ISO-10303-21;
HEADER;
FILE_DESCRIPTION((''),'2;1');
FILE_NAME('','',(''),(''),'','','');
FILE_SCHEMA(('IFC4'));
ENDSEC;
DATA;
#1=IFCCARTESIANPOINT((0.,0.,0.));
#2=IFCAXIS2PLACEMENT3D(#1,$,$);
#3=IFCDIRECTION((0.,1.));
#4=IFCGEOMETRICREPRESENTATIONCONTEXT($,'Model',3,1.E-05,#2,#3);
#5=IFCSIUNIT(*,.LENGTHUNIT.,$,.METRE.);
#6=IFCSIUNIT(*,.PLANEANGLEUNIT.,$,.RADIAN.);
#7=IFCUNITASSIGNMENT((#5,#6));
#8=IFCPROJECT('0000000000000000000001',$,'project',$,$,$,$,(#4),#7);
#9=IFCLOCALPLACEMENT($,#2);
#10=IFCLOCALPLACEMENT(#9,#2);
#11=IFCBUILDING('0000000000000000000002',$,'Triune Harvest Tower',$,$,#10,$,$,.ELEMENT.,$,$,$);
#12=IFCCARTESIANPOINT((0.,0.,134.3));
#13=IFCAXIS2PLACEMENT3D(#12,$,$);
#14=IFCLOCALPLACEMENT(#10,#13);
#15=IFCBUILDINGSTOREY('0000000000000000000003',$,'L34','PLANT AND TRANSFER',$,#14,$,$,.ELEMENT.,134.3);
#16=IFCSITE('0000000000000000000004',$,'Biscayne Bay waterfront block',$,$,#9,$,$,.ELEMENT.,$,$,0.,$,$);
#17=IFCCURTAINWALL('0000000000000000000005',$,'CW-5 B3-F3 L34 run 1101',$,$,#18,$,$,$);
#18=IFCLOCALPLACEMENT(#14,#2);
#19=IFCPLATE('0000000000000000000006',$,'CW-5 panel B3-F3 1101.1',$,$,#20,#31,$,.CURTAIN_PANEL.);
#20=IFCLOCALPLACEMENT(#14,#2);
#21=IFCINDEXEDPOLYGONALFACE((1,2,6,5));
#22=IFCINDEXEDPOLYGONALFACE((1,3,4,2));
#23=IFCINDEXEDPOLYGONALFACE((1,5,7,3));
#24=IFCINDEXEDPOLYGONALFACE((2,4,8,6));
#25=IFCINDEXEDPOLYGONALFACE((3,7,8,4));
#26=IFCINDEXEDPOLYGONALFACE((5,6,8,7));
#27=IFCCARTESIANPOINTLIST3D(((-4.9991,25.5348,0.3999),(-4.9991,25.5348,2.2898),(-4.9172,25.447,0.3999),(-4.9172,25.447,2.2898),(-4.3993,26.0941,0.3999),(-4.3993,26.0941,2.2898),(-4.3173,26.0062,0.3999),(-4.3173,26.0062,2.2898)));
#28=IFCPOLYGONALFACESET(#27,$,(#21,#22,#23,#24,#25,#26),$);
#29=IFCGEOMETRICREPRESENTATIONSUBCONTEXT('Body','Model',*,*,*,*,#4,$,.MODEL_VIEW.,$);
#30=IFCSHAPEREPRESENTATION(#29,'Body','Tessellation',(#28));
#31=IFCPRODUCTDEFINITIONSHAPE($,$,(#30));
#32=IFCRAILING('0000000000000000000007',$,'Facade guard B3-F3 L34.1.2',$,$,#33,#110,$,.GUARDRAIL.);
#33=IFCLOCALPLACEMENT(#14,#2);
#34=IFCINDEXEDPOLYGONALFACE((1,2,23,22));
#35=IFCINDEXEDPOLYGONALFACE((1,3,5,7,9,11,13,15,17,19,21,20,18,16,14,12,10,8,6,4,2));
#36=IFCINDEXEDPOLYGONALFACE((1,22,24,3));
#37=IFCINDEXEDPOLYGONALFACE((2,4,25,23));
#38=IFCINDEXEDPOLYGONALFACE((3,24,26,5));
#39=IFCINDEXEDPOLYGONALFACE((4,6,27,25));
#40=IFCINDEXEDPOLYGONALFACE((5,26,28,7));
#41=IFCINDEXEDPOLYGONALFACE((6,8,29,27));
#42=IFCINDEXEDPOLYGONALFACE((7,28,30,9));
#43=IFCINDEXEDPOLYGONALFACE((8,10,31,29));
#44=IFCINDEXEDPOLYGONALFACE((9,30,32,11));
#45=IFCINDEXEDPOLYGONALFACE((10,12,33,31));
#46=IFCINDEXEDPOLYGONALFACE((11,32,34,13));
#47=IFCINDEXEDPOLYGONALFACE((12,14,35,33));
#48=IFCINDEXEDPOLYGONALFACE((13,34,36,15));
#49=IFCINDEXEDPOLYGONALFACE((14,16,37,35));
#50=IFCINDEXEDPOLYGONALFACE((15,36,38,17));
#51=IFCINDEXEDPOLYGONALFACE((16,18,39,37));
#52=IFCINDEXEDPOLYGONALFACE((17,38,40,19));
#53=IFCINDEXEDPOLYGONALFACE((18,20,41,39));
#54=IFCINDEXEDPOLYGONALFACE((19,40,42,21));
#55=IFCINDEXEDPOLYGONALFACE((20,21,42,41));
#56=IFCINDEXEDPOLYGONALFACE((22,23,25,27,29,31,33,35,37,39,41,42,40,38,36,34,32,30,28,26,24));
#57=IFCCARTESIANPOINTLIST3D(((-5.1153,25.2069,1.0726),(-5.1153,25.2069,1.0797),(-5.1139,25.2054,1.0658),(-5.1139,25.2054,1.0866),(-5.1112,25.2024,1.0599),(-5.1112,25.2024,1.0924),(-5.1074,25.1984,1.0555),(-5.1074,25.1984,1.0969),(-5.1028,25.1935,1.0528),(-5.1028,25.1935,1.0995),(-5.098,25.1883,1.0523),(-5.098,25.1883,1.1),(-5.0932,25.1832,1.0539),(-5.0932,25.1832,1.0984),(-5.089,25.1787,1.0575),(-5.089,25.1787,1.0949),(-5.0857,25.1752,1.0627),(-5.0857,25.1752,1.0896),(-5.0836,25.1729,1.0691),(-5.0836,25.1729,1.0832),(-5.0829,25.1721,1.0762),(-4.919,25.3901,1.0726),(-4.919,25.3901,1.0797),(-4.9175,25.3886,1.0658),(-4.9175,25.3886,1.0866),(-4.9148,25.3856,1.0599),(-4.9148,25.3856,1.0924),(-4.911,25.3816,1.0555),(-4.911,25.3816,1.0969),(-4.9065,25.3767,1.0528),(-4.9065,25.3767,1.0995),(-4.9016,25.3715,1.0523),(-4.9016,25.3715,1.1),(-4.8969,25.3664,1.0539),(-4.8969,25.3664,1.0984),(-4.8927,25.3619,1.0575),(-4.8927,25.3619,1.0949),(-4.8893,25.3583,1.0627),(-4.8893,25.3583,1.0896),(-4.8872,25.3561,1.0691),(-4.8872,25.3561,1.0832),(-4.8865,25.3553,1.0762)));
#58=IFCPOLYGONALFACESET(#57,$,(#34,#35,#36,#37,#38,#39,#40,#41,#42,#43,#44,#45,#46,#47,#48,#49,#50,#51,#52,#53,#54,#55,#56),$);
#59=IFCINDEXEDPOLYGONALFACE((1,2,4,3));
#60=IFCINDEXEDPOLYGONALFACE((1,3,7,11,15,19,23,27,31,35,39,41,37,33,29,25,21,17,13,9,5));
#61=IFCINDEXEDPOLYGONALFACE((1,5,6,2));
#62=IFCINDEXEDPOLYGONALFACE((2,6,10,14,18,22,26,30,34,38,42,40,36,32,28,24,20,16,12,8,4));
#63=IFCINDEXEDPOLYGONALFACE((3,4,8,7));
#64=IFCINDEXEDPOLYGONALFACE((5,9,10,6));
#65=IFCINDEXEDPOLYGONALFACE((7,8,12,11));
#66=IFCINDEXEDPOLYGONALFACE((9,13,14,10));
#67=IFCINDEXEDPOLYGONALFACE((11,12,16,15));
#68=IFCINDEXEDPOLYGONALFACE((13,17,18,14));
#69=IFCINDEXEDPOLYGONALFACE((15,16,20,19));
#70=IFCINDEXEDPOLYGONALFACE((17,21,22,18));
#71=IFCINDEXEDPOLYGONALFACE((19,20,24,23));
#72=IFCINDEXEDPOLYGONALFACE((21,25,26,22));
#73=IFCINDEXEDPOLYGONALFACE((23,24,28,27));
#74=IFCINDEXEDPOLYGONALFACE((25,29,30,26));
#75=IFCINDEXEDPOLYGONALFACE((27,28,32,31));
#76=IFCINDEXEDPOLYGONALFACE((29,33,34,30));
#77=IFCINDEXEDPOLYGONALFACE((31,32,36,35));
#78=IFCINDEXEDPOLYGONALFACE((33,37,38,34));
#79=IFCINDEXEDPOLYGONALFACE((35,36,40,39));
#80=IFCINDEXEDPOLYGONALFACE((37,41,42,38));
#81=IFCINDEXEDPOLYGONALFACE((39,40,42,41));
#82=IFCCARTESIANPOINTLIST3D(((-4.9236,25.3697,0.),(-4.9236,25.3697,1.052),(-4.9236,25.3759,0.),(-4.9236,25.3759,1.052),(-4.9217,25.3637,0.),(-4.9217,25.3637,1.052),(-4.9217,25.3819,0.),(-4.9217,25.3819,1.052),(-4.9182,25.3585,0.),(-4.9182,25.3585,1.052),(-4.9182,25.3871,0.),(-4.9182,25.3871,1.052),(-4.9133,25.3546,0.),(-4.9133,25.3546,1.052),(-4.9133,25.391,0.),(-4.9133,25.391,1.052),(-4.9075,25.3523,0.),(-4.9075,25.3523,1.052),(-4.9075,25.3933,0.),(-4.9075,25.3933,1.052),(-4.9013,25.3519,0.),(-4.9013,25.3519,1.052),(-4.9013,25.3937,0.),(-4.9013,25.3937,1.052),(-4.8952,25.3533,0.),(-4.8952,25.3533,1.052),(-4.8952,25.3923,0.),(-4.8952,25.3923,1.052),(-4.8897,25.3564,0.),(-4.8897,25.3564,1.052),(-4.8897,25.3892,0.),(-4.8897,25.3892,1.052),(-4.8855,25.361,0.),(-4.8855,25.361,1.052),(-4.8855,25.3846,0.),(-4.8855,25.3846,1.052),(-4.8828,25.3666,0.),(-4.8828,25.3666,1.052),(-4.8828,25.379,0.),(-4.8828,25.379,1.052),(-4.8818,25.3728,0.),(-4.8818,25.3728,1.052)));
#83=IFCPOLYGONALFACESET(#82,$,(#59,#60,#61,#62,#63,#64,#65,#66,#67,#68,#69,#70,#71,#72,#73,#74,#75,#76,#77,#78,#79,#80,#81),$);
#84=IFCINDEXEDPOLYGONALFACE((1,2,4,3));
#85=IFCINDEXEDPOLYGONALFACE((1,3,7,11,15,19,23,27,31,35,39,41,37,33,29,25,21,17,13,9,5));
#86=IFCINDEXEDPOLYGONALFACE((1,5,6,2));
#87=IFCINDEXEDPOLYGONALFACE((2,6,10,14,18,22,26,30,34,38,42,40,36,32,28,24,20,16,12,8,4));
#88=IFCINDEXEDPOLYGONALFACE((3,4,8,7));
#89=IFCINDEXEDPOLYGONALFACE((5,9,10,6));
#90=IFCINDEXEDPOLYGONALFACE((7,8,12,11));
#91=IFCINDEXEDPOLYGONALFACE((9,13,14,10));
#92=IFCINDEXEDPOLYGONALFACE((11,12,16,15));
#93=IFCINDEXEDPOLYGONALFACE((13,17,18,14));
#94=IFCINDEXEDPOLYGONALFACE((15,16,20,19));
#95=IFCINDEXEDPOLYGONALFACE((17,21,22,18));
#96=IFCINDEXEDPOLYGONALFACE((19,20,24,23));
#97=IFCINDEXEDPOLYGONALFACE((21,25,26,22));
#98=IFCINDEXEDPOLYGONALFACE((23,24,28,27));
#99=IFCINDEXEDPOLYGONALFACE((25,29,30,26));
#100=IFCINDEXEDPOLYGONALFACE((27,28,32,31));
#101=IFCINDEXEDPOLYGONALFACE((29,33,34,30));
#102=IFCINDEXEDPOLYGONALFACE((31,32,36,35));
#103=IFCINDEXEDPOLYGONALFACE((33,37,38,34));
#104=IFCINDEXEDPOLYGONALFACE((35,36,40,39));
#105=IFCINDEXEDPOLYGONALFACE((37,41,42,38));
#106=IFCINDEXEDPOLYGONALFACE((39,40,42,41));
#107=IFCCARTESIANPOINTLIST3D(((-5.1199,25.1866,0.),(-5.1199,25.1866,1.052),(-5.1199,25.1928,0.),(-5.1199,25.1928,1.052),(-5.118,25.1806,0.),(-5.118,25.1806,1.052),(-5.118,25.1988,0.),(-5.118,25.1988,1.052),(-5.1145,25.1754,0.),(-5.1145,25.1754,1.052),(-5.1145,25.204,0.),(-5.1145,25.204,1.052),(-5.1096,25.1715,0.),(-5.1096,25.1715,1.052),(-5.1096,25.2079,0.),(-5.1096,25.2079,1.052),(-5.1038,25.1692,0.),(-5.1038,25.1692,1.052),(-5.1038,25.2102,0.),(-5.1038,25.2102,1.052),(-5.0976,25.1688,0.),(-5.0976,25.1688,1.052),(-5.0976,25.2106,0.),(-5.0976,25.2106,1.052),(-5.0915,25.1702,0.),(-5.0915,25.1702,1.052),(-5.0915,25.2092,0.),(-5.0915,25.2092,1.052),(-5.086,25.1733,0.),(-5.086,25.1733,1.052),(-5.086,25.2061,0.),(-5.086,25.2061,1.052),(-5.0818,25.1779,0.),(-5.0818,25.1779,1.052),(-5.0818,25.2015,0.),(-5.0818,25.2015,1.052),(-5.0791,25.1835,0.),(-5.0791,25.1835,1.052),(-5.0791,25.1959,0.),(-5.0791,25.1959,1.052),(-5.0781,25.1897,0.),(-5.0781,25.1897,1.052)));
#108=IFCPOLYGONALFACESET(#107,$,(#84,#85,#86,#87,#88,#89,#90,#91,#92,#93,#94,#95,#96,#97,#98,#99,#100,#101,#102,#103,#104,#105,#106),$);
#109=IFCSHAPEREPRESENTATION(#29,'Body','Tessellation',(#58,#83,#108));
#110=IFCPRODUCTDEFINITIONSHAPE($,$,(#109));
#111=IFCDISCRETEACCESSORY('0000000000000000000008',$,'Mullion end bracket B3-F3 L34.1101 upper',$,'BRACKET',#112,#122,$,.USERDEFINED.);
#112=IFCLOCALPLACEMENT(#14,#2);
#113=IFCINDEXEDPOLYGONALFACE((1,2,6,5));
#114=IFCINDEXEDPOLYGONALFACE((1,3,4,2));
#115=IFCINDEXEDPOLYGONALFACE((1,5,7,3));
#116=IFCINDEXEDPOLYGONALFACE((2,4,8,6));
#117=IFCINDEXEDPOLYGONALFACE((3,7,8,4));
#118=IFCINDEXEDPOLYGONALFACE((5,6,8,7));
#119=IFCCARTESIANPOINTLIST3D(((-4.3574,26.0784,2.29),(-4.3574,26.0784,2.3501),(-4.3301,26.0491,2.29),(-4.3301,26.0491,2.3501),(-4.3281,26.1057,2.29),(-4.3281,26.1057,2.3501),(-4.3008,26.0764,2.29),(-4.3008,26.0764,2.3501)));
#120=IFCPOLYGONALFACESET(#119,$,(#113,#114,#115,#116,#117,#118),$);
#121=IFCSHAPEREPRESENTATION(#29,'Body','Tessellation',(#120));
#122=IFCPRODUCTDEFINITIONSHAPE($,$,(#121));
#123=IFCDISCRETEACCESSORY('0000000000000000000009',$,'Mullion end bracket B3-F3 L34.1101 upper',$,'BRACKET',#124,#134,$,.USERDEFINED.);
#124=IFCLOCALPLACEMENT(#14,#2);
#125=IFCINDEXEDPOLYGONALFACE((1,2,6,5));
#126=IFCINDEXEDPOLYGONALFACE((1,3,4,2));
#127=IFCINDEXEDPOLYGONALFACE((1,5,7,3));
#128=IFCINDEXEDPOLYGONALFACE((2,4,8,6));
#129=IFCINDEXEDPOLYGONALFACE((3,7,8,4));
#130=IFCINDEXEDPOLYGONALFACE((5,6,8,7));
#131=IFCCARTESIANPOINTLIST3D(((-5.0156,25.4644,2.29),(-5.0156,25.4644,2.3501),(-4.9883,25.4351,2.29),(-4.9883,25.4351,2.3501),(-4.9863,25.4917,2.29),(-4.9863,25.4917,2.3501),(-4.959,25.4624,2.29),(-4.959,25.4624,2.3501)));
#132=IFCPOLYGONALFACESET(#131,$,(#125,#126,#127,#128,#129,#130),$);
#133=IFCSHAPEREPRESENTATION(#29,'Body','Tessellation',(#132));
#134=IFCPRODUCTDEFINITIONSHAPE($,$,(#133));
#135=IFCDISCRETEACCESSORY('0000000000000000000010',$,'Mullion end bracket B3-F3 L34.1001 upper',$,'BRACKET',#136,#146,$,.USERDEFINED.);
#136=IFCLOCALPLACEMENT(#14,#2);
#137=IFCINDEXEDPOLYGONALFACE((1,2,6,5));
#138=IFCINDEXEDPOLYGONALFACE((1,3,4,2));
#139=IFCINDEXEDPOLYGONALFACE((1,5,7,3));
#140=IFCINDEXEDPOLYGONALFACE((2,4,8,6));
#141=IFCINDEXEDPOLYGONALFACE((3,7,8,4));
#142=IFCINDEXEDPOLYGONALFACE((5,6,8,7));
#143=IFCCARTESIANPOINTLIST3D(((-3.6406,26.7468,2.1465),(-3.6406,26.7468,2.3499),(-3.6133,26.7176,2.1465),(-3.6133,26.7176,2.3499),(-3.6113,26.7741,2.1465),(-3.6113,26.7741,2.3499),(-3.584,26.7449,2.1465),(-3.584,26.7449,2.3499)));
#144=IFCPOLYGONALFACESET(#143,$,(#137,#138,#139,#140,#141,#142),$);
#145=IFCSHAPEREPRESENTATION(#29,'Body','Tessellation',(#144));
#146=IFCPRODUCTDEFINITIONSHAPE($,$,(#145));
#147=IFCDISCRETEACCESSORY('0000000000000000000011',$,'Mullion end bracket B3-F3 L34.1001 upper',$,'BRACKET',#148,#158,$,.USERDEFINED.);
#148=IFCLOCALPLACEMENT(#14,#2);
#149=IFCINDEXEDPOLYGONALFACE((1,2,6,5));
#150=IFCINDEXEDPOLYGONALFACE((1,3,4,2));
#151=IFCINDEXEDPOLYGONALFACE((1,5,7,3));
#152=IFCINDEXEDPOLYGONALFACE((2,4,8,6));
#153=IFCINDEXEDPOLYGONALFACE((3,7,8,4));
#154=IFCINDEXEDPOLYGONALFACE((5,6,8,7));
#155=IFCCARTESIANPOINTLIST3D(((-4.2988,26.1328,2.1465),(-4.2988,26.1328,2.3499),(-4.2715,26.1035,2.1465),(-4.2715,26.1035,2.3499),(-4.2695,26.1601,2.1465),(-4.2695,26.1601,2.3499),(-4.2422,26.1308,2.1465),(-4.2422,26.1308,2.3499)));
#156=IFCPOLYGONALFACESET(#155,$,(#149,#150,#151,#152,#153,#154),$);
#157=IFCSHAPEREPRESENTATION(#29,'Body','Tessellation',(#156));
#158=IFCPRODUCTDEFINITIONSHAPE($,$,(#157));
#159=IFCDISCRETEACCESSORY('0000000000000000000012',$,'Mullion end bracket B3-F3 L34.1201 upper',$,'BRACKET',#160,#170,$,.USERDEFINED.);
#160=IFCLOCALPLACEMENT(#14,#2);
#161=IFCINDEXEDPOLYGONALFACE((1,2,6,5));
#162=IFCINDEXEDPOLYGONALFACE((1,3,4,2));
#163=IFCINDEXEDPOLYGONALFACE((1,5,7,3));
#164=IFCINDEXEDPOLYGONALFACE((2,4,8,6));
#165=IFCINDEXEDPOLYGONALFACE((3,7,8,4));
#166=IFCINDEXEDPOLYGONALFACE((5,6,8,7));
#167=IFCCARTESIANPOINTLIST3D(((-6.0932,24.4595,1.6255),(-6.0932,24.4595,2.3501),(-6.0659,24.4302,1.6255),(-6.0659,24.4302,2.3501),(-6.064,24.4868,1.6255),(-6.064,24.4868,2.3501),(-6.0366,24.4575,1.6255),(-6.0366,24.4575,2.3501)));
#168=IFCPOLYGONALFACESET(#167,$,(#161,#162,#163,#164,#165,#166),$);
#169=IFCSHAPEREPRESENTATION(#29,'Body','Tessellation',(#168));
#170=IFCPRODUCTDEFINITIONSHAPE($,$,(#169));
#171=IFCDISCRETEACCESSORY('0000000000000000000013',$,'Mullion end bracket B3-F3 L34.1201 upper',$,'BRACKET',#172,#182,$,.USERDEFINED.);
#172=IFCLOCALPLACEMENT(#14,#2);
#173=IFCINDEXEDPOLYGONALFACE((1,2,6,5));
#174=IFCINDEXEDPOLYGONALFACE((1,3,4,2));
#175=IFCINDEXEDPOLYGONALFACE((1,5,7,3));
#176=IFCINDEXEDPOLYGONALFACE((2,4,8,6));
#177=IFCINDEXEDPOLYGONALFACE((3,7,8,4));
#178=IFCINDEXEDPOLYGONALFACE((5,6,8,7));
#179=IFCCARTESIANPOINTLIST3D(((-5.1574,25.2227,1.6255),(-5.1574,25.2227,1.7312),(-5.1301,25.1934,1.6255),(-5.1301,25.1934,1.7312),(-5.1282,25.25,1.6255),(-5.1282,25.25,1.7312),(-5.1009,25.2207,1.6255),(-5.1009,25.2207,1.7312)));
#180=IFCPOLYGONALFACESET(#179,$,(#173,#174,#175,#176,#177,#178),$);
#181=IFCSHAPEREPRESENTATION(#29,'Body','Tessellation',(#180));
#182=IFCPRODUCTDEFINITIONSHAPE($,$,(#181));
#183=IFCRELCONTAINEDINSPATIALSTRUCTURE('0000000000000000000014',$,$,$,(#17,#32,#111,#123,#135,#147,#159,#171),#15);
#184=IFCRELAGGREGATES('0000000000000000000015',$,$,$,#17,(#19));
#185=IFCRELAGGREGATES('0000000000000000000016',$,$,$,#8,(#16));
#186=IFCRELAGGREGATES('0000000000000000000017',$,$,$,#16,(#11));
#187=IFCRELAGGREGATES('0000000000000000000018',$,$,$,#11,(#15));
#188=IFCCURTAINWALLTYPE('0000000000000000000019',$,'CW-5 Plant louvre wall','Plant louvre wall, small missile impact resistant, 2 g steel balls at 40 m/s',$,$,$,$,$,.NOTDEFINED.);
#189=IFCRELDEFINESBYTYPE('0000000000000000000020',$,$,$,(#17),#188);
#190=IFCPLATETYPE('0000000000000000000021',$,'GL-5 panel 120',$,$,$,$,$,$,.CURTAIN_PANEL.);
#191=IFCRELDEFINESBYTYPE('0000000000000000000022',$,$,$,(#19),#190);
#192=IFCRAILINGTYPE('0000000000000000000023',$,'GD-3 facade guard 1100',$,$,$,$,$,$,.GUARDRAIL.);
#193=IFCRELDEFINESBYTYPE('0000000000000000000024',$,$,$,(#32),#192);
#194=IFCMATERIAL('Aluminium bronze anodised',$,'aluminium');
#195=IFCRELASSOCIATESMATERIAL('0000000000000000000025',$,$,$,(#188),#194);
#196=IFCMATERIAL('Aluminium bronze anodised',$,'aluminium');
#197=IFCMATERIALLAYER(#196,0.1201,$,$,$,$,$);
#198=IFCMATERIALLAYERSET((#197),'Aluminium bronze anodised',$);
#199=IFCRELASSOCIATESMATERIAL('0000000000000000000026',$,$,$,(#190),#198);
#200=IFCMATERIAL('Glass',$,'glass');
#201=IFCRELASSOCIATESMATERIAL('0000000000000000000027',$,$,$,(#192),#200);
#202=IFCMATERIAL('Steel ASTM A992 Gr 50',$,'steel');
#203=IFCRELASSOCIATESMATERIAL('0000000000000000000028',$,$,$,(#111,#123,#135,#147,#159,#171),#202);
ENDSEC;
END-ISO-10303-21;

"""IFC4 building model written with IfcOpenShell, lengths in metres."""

from ifc_helpers import new_model, si_unit, direction, frame, origin, origin_2d, place, context, subcontext, project, spatial, rectangle, circle, extrude, source, transform, mapped, material, layer, layer_set, type_object, element, aggregate, save


model = new_model("IFC4")

# Units and contexts
model_context = context("Model", 3, precision=1e-05, world=origin(), true_north=direction((0.0, 1.0)))
body_context = subcontext(model_context, "Body", "Model", "MODEL_VIEW")
ifc_project = project(units=[si_unit("LENGTHUNIT", "METRE"), si_unit("PLANEANGLEUNIT", "RADIAN")], contexts=[model_context])

# Site, building, storey
site_placement = place(None, origin())
site = spatial("IfcSite", under=ifc_project, at=site_placement, Name="Biscayne Bay waterfront block", CompositionType="ELEMENT", RefElevation=0.0)
building_placement = place(site_placement, origin())
building = spatial("IfcBuilding", under=site, at=building_placement, Name="Triune Harvest Tower", CompositionType="ELEMENT")
storey_placement = place(building_placement, frame((0.0, 0.0, 134.3)))
storey = spatial("IfcBuildingStorey", under=building, at=storey_placement, Name="L34", Description="PLANT AND TRANSFER", CompositionType="ELEMENT", Elevation=134.3)

# Shared definitions
ifc_material_1 = material(Name="Aluminium bronze anodised", Category="aluminium")
curtain_wall_type = type_object("IfcCurtainWallType", Name="CW-5 Plant louvre wall", Description="Plant louvre wall, small missile impact resistant, 2 g steel balls at 40 m/s", PredefinedType="NOTDEFINED", material=ifc_material_1)

# Curtain wall
curtain_wall_1_placement = place(storey_placement, origin())
curtain_wall_1 = element("IfcCurtainWall", 1, at=curtain_wall_1_placement, inside=storey, type_object=curtain_wall_type, Name="CW-5 B3-F3 L34 run 1101")

# Plate
ifc_material_2 = material(Name="Aluminium bronze anodised", Category="aluminium")
ifc_layer = layer(ifc_material_2, 0.1201)
ifc_layer_set = layer_set([ifc_layer], Name="Aluminium bronze anodised")
plate_type = type_object("IfcPlateType", Name="GL-5 panel 120", PredefinedType="CURTAIN_PANEL", material=ifc_layer_set)
shared_shape_1 = source(origin(), body_context, "Body", "SweptSolid", [
    extrude(rectangle(XDim=0.8201, YDim=0.1201, at=origin_2d()), origin(), (0.0, 0.0, 1.0), 1.8899),
])
plate_1_placement = place(storey_placement, frame((-4.6582, 25.7705, 0.3999), z_axis=(0.0, 0.0, 1.0), x_axis=(-0.731415, -0.681933, 0.0)))
plate_1 = element("IfcPlate", 2, at=plate_1_placement, type_object=plate_type, Name="CW-5 panel B3-F3 1101.1", PredefinedType="CURTAIN_PANEL", context=body_context, shape_type="MappedRepresentation", body=[
    mapped(shared_shape_1, transform((0.0, 0.0, 0.0), scale=1.0)),
])
aggregate(curtain_wall_1, [plate_1])

# Railing
ifc_material_3 = material(Name="Glass", Category="glass")
railing_type = type_object("IfcRailingType", Name="GD-3 facade guard 1100", PredefinedType="GUARDRAIL", material=ifc_material_3)
railing_placement = place(storey_placement, frame((-4.9028, 25.3728, 0.0)))
element("IfcRailing", 3, at=railing_placement, inside=storey, type_object=railing_type, Name="Facade guard B3-F3 L34.1.2", PredefinedType="GUARDRAIL", context=body_context, shape_type="SweptSolid", body=[
    extrude(circle(Radius=0.0239, at=origin_2d()), frame((0.0, 0.0, 1.0762), z_axis=(-0.731237, -0.682124, 0.0), x_axis=(0.682124, -0.731237, 0.0)), (0.0, 0.0, 1.0), 0.2686),
    extrude(circle(Radius=0.021, at=origin_2d()), origin(), (0.0, 0.0, 1.0), 1.052),
    extrude(circle(Radius=0.021, at=origin_2d()), frame((-0.1963, -0.1831, 0.0)), (0.0, 0.0, 1.0), 1.052),
])

# Discrete accessories
ifc_material_4 = material(Name="Steel ASTM A992 Gr 50", Category="steel")
shared_shape_2 = source(origin(), body_context, "Body", "SweptSolid", [
    extrude(rectangle(XDim=0.04, YDim=0.04, at=origin_2d()), origin(), (0.0, 0.0, 1.0), 0.0601),
])
for number, where, z_axis, x_axis, name in (
    (4, (-4.3291, 26.0774, 2.29), (0.0, 0.0, 1.0), (-0.731414, -0.681933, 0.0), "Mullion end bracket B3-F3 L34.1101 upper"),
    (5, (-4.9873, 25.4634, 2.29), (0.0, 0.0, 1.0), (-0.731414, -0.681933, 0.0), "Mullion end bracket B3-F3 L34.1101 upper"),
):
    element("IfcDiscreteAccessory", number, at=place(storey_placement, frame(where, z_axis=z_axis, x_axis=x_axis)), inside=storey, material=ifc_material_4, Name=name, ObjectType="BRACKET", PredefinedType="USERDEFINED", context=body_context, shape_type="MappedRepresentation", body=[
        mapped(shared_shape_2, transform((0.0, 0.0, 0.0), scale=1.0)),
    ])
shared_shape_3 = source(origin(), body_context, "Body", "SweptSolid", [
    extrude(rectangle(XDim=0.04, YDim=0.04, at=origin_2d()), origin(), (0.0, 0.0, 1.0), 0.2034),
])
for number, where, z_axis, x_axis, name in (
    (6, (-3.6123, 26.7458, 2.1465), (0.0, 0.0, 1.0), (-0.731317, -0.682038, 0.0), "Mullion end bracket B3-F3 L34.1001 upper"),
    (7, (-4.2705, 26.1318, 2.1465), (0.0, 0.0, 1.0), (-0.731317, -0.682038, 0.0), "Mullion end bracket B3-F3 L34.1001 upper"),
):
    element("IfcDiscreteAccessory", number, at=place(storey_placement, frame(where, z_axis=z_axis, x_axis=x_axis)), inside=storey, material=ifc_material_4, Name=name, ObjectType="BRACKET", PredefinedType="USERDEFINED", context=body_context, shape_type="MappedRepresentation", body=[
        mapped(shared_shape_3, transform((0.0, 0.0, 0.0), scale=1.0)),
    ])
shared_shape_4 = source(origin(), body_context, "Body", "SweptSolid", [
    extrude(rectangle(XDim=0.04, YDim=0.04, at=origin_2d()), origin(), (0.0, 0.0, 1.0), 0.7246),
])
discrete_accessory_1_placement = place(storey_placement, frame((-6.0649, 24.4585, 1.6255), z_axis=(0.0, 0.0, 1.0), x_axis=(-0.731383, -0.681966, 0.0)))
element("IfcDiscreteAccessory", 8, at=discrete_accessory_1_placement, inside=storey, material=ifc_material_4, Name="Mullion end bracket B3-F3 L34.1201 upper", ObjectType="BRACKET", PredefinedType="USERDEFINED", context=body_context, shape_type="MappedRepresentation", body=[
    mapped(shared_shape_4, transform((0.0, 0.0, 0.0), scale=1.0)),
])
discrete_accessory_2_placement = place(storey_placement, frame((-5.1292, 25.2217, 1.6255), z_axis=(0.0, 0.0, 1.0), x_axis=(-0.731383, -0.681966, 0.0)))
element("IfcDiscreteAccessory", 9, at=discrete_accessory_2_placement, inside=storey, material=ifc_material_4, Name="Mullion end bracket B3-F3 L34.1201 upper", ObjectType="BRACKET", PredefinedType="USERDEFINED", context=body_context, shape_type="SweptSolid", body=[
    extrude(rectangle(XDim=0.04, YDim=0.04, at=origin_2d()), origin(), (0.0, 0.0, 1.0), 0.1057),
])

save(model, "model.ifc")
